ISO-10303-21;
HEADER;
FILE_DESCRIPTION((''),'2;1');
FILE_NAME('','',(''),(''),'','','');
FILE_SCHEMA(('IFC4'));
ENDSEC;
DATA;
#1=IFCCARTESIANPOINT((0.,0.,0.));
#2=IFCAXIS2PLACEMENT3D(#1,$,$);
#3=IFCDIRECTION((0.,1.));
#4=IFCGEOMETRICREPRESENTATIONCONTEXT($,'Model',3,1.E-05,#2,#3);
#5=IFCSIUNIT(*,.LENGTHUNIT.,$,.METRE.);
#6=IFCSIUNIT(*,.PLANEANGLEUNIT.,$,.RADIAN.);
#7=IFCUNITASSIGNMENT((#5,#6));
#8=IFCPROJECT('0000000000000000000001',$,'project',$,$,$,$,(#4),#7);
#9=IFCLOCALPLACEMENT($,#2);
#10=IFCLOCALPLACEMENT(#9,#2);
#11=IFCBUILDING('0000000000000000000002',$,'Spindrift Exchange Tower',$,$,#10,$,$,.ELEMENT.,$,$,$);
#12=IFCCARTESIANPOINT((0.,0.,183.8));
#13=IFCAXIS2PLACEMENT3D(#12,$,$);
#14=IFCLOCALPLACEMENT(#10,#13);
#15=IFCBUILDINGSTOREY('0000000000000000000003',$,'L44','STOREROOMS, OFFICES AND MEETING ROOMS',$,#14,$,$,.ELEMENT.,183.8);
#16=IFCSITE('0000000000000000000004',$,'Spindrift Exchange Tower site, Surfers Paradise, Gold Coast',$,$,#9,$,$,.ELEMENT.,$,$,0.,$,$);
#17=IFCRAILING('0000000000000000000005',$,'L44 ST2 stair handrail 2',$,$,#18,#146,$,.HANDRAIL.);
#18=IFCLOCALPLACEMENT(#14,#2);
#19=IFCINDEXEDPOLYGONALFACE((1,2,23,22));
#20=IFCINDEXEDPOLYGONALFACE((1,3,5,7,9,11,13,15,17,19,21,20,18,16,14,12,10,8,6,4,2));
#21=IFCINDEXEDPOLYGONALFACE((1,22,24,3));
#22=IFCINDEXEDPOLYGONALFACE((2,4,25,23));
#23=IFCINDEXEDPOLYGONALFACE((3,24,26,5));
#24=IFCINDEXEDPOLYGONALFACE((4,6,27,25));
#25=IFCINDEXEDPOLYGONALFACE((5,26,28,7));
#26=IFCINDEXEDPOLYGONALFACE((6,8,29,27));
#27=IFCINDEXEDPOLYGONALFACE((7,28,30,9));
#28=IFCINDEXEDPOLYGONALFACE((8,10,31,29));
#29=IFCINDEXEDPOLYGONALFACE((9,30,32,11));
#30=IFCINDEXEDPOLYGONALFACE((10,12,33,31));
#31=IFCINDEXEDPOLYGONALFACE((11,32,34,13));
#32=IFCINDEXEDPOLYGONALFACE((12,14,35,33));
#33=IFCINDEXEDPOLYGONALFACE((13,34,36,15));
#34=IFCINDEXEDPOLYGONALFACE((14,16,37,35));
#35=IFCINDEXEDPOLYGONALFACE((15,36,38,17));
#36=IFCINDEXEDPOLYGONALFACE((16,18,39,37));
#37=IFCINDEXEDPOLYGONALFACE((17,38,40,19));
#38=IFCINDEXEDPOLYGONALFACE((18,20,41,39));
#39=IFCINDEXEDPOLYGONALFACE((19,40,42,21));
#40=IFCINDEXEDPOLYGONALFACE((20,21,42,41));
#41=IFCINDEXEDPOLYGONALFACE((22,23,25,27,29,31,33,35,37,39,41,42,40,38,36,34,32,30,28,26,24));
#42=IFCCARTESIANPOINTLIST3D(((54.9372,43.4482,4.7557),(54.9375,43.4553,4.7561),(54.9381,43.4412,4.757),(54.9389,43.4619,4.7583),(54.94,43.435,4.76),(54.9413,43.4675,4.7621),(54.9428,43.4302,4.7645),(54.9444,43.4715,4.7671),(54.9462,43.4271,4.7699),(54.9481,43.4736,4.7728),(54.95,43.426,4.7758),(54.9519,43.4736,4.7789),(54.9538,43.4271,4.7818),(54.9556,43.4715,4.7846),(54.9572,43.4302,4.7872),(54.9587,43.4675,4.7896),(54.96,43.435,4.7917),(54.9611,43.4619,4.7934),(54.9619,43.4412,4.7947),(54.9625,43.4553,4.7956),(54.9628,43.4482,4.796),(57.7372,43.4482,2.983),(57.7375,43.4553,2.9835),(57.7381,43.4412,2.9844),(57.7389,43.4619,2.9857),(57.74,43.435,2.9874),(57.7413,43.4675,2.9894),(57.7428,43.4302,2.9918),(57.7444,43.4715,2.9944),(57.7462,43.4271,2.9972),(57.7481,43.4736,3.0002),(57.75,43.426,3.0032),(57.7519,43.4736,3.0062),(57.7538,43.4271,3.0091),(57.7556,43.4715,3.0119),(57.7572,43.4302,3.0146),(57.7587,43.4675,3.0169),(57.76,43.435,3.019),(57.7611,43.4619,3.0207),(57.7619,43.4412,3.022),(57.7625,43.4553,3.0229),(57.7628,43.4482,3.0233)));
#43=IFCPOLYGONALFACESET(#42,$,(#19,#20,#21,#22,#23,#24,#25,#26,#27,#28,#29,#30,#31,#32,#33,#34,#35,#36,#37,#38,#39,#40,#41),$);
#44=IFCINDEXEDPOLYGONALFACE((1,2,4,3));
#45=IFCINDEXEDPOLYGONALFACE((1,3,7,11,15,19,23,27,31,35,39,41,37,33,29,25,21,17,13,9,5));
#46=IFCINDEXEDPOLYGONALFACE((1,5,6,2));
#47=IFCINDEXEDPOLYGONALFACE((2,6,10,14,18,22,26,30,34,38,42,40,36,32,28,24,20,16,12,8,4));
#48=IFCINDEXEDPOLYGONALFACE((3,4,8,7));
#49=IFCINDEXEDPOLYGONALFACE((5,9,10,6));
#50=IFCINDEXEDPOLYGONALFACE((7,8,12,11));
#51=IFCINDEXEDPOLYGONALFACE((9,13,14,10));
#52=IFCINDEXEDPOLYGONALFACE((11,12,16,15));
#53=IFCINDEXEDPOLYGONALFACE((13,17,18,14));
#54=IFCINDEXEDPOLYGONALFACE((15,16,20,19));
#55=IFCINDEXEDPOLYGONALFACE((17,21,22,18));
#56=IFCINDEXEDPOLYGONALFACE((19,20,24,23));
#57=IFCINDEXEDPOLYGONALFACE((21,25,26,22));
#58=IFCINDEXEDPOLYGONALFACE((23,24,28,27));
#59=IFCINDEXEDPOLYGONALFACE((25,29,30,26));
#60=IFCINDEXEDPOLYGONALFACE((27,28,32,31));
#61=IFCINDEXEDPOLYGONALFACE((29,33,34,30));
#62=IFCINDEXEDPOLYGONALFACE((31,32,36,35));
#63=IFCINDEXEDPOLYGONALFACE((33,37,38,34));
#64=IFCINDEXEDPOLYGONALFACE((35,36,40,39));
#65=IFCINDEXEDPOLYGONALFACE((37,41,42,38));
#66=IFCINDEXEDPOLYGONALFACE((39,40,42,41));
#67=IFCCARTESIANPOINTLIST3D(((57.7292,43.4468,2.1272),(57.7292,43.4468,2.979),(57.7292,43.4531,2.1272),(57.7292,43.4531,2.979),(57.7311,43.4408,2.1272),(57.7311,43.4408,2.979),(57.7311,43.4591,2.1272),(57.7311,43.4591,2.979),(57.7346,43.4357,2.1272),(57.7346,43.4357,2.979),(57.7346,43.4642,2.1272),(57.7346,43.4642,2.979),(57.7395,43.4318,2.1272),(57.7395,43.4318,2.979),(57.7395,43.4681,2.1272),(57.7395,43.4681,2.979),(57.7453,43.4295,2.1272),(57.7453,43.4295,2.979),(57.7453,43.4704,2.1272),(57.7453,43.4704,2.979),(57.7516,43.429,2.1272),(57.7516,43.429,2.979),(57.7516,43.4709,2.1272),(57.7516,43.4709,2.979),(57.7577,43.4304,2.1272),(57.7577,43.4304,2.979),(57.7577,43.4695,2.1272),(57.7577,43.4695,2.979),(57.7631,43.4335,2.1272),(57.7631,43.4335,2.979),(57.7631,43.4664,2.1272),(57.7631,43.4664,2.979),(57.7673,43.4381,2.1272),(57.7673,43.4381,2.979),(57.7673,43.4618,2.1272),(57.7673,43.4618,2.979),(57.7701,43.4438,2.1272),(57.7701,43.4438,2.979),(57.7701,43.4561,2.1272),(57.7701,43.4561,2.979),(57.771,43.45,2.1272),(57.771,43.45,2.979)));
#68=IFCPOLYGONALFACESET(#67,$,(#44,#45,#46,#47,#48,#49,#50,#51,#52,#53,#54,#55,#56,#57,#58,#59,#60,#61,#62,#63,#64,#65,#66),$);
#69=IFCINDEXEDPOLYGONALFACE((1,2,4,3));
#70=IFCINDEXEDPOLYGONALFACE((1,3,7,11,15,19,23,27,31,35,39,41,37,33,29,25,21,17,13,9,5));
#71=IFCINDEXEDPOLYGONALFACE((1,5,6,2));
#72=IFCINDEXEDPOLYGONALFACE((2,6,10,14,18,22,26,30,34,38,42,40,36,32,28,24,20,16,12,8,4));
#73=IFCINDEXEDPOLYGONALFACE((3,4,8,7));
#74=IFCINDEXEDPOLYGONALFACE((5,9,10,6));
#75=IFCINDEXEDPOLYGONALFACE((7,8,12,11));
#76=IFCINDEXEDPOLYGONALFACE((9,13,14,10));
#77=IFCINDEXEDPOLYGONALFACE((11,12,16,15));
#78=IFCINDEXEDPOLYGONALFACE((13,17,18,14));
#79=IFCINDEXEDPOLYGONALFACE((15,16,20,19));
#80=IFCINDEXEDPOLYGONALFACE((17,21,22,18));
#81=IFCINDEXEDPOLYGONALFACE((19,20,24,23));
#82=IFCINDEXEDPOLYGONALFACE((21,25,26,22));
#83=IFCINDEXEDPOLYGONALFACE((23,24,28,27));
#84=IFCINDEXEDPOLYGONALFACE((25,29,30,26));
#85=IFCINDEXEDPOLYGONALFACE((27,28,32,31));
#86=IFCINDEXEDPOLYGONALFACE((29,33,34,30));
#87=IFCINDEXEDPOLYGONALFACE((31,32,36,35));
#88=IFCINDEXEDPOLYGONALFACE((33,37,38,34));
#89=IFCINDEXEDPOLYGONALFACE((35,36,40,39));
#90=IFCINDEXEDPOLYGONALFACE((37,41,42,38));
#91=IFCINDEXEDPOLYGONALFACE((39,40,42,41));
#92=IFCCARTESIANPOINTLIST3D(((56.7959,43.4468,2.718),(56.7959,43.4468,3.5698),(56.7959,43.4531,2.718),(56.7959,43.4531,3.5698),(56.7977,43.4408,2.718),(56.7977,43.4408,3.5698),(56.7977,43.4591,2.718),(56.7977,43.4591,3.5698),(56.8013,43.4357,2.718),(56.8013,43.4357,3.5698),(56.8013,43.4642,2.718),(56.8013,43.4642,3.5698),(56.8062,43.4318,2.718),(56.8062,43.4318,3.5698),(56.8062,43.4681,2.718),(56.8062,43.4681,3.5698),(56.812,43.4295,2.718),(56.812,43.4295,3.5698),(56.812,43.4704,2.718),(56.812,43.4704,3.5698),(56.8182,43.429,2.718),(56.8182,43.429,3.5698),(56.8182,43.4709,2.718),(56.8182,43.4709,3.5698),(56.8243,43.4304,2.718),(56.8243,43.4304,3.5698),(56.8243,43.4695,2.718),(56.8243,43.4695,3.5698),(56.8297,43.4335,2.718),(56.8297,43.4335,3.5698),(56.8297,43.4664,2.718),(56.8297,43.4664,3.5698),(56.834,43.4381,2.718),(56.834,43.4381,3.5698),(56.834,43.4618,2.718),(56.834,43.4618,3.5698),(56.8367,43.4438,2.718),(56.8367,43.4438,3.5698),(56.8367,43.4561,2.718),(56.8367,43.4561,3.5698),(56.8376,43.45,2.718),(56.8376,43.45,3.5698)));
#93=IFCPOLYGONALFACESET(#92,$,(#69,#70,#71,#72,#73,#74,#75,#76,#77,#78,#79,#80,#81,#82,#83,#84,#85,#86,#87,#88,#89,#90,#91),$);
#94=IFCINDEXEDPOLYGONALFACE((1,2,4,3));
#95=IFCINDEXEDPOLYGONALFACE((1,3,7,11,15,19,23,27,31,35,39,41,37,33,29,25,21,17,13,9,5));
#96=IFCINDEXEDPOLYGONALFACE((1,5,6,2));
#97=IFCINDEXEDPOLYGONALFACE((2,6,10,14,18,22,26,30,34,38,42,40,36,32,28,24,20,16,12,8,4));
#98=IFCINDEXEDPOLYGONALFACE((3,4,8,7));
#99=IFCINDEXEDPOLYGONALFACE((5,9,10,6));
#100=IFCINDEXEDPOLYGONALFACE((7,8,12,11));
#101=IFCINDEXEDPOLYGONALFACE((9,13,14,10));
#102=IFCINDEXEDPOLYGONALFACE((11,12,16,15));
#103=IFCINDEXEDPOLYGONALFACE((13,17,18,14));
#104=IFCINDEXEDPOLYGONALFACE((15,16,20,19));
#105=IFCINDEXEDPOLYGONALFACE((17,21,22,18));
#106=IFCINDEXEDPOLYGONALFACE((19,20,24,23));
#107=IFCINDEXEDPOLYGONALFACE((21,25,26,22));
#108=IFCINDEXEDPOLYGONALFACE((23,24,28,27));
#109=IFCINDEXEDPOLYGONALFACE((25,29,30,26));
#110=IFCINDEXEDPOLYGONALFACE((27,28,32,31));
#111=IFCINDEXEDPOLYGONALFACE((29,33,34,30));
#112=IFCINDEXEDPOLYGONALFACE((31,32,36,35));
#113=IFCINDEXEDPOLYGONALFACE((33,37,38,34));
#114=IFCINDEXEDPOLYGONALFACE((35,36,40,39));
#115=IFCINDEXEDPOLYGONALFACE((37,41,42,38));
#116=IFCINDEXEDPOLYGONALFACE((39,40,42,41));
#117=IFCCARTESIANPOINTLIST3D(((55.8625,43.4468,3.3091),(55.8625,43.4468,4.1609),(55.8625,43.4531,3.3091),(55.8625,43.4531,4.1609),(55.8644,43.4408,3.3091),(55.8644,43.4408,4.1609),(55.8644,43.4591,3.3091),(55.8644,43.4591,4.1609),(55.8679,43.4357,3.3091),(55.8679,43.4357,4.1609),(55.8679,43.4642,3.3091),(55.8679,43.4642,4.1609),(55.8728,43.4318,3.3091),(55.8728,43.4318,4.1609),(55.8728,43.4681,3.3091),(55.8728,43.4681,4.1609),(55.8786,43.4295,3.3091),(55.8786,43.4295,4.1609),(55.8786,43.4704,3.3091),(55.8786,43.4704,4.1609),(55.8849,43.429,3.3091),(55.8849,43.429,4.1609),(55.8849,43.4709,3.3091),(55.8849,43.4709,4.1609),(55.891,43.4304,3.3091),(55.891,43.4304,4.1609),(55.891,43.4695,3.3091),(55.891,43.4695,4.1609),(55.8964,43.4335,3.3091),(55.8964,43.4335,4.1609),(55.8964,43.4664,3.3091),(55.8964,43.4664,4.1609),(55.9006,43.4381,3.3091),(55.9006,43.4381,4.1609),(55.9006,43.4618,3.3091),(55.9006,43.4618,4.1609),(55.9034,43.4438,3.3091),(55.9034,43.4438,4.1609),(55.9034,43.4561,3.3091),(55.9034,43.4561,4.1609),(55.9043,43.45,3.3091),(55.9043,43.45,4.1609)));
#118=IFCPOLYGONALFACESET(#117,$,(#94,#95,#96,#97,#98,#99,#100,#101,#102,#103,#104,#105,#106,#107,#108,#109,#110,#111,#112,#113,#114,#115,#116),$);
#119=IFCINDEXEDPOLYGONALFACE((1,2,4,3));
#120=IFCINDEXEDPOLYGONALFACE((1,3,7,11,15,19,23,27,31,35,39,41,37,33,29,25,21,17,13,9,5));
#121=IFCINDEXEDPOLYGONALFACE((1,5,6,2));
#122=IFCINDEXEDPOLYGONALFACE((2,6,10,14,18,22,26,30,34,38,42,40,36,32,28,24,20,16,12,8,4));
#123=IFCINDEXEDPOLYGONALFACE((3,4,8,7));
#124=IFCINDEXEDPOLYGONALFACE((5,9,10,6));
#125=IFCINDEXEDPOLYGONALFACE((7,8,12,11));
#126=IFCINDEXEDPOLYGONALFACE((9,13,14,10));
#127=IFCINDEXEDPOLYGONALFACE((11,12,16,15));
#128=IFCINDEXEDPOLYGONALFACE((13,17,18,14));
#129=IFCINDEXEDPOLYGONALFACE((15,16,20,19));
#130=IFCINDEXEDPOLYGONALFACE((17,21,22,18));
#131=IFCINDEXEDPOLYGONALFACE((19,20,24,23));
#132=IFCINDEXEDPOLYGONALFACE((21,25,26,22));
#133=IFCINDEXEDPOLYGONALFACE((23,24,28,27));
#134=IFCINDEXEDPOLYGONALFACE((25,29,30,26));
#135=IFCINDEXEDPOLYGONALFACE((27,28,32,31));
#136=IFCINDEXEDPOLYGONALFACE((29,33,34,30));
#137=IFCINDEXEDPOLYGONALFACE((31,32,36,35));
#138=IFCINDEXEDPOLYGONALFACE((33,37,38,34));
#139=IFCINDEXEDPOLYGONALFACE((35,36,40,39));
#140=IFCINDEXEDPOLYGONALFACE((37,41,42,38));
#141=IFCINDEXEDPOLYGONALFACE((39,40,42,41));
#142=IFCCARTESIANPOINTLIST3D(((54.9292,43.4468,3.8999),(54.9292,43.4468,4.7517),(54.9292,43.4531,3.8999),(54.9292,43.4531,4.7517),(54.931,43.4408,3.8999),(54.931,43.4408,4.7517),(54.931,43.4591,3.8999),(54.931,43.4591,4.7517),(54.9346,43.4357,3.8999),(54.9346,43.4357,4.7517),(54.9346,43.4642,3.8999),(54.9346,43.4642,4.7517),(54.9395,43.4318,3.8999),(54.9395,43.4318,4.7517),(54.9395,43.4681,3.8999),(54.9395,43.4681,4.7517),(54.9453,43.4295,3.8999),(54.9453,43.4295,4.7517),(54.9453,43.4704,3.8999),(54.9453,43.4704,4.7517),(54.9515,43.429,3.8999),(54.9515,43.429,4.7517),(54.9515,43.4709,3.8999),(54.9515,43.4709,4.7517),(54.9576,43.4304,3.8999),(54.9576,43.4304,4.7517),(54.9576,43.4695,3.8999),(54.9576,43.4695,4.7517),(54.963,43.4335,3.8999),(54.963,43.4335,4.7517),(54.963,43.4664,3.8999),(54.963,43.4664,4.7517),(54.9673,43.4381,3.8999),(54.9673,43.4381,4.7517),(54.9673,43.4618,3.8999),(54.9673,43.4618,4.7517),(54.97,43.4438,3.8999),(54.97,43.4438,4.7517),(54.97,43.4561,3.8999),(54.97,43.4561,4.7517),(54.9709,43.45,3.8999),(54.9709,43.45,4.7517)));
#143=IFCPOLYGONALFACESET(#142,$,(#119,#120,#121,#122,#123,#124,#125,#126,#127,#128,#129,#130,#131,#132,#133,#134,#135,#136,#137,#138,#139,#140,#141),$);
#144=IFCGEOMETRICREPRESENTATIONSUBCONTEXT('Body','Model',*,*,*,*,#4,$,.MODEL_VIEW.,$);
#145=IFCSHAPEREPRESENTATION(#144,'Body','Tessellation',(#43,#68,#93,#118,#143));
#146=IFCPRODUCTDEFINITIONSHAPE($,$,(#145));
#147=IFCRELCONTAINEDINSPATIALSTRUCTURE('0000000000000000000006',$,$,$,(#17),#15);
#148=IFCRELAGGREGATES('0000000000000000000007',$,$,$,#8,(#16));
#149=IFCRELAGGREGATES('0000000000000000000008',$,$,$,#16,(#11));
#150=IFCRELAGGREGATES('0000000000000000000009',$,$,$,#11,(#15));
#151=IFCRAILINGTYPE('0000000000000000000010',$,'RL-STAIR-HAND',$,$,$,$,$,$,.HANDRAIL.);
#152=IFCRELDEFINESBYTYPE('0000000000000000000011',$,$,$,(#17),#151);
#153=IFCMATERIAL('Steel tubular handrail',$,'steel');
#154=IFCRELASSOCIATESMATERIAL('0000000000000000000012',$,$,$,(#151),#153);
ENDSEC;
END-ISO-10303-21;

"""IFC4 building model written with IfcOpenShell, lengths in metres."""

from ifc_helpers import new_model, si_unit, direction, frame, origin, origin_2d, place, context, subcontext, project, spatial, circle, extrude, material, type_object, element, save


model = new_model("IFC4")

# Units and contexts
model_context = context("Model", 3, precision=1e-05, world=origin(), true_north=direction((0.0, 1.0)))
body_context = subcontext(model_context, "Body", "Model", "MODEL_VIEW")
ifc_project = project(units=[si_unit("LENGTHUNIT", "METRE"), si_unit("PLANEANGLEUNIT", "RADIAN")], contexts=[model_context])

# Site, building, storey
site_placement = place(None, origin())
site = spatial("IfcSite", under=ifc_project, at=site_placement, Name="Spindrift Exchange Tower site, Surfers Paradise, Gold Coast", CompositionType="ELEMENT", RefElevation=0.0)
building_placement = place(site_placement, origin())
building = spatial("IfcBuilding", under=site, at=building_placement, Name="Spindrift Exchange Tower", CompositionType="ELEMENT")
storey_placement = place(building_placement, frame((0.0, 0.0, 183.8)))
storey = spatial("IfcBuildingStorey", under=building, at=storey_placement, Name="L44", Description="STOREROOMS, OFFICES AND MEETING ROOMS", CompositionType="ELEMENT", Elevation=183.8)

# Railing
ifc_material_1 = material(Name="Steel tubular handrail", Category="steel")
railing_type_1 = type_object("IfcRailingType", Name="RL-STAIR-HAND", PredefinedType="HANDRAIL", material=ifc_material_1)
railing_1_placement = place(storey_placement, frame((57.75, 43.45, 2.1272)))
element("IfcRailing", 1, at=railing_1_placement, inside=storey, type_object=railing_type_1, Name="L44 ST2 stair handrail 2", PredefinedType="HANDRAIL", context=body_context, shape_type="SweptSolid", body=[
    extrude(circle(Radius=0.0239, at=origin_2d()), frame((0.0, 0.0, 0.876), z_axis=(-0.844909, 0.0, 0.53491), x_axis=(0.0, -1.0, 0.0)), (0.0, 0.0, 1.0), 3.314),
    extrude(circle(Radius=0.021, at=origin_2d()), origin(), (0.0, 0.0, 1.0), 0.8518),
    extrude(circle(Radius=0.021, at=origin_2d()), frame((-0.9333, 0.0, 0.5908)), (0.0, 0.0, 1.0), 0.8518),
    extrude(circle(Radius=0.021, at=origin_2d()), frame((-1.8667, 0.0, 1.1819)), (0.0, 0.0, 1.0), 0.8518),
    extrude(circle(Radius=0.021, at=origin_2d()), frame((-2.8, 0.0, 1.7727)), (0.0, 0.0, 1.0), 0.8518),
])

save(model, "model.ifc")
